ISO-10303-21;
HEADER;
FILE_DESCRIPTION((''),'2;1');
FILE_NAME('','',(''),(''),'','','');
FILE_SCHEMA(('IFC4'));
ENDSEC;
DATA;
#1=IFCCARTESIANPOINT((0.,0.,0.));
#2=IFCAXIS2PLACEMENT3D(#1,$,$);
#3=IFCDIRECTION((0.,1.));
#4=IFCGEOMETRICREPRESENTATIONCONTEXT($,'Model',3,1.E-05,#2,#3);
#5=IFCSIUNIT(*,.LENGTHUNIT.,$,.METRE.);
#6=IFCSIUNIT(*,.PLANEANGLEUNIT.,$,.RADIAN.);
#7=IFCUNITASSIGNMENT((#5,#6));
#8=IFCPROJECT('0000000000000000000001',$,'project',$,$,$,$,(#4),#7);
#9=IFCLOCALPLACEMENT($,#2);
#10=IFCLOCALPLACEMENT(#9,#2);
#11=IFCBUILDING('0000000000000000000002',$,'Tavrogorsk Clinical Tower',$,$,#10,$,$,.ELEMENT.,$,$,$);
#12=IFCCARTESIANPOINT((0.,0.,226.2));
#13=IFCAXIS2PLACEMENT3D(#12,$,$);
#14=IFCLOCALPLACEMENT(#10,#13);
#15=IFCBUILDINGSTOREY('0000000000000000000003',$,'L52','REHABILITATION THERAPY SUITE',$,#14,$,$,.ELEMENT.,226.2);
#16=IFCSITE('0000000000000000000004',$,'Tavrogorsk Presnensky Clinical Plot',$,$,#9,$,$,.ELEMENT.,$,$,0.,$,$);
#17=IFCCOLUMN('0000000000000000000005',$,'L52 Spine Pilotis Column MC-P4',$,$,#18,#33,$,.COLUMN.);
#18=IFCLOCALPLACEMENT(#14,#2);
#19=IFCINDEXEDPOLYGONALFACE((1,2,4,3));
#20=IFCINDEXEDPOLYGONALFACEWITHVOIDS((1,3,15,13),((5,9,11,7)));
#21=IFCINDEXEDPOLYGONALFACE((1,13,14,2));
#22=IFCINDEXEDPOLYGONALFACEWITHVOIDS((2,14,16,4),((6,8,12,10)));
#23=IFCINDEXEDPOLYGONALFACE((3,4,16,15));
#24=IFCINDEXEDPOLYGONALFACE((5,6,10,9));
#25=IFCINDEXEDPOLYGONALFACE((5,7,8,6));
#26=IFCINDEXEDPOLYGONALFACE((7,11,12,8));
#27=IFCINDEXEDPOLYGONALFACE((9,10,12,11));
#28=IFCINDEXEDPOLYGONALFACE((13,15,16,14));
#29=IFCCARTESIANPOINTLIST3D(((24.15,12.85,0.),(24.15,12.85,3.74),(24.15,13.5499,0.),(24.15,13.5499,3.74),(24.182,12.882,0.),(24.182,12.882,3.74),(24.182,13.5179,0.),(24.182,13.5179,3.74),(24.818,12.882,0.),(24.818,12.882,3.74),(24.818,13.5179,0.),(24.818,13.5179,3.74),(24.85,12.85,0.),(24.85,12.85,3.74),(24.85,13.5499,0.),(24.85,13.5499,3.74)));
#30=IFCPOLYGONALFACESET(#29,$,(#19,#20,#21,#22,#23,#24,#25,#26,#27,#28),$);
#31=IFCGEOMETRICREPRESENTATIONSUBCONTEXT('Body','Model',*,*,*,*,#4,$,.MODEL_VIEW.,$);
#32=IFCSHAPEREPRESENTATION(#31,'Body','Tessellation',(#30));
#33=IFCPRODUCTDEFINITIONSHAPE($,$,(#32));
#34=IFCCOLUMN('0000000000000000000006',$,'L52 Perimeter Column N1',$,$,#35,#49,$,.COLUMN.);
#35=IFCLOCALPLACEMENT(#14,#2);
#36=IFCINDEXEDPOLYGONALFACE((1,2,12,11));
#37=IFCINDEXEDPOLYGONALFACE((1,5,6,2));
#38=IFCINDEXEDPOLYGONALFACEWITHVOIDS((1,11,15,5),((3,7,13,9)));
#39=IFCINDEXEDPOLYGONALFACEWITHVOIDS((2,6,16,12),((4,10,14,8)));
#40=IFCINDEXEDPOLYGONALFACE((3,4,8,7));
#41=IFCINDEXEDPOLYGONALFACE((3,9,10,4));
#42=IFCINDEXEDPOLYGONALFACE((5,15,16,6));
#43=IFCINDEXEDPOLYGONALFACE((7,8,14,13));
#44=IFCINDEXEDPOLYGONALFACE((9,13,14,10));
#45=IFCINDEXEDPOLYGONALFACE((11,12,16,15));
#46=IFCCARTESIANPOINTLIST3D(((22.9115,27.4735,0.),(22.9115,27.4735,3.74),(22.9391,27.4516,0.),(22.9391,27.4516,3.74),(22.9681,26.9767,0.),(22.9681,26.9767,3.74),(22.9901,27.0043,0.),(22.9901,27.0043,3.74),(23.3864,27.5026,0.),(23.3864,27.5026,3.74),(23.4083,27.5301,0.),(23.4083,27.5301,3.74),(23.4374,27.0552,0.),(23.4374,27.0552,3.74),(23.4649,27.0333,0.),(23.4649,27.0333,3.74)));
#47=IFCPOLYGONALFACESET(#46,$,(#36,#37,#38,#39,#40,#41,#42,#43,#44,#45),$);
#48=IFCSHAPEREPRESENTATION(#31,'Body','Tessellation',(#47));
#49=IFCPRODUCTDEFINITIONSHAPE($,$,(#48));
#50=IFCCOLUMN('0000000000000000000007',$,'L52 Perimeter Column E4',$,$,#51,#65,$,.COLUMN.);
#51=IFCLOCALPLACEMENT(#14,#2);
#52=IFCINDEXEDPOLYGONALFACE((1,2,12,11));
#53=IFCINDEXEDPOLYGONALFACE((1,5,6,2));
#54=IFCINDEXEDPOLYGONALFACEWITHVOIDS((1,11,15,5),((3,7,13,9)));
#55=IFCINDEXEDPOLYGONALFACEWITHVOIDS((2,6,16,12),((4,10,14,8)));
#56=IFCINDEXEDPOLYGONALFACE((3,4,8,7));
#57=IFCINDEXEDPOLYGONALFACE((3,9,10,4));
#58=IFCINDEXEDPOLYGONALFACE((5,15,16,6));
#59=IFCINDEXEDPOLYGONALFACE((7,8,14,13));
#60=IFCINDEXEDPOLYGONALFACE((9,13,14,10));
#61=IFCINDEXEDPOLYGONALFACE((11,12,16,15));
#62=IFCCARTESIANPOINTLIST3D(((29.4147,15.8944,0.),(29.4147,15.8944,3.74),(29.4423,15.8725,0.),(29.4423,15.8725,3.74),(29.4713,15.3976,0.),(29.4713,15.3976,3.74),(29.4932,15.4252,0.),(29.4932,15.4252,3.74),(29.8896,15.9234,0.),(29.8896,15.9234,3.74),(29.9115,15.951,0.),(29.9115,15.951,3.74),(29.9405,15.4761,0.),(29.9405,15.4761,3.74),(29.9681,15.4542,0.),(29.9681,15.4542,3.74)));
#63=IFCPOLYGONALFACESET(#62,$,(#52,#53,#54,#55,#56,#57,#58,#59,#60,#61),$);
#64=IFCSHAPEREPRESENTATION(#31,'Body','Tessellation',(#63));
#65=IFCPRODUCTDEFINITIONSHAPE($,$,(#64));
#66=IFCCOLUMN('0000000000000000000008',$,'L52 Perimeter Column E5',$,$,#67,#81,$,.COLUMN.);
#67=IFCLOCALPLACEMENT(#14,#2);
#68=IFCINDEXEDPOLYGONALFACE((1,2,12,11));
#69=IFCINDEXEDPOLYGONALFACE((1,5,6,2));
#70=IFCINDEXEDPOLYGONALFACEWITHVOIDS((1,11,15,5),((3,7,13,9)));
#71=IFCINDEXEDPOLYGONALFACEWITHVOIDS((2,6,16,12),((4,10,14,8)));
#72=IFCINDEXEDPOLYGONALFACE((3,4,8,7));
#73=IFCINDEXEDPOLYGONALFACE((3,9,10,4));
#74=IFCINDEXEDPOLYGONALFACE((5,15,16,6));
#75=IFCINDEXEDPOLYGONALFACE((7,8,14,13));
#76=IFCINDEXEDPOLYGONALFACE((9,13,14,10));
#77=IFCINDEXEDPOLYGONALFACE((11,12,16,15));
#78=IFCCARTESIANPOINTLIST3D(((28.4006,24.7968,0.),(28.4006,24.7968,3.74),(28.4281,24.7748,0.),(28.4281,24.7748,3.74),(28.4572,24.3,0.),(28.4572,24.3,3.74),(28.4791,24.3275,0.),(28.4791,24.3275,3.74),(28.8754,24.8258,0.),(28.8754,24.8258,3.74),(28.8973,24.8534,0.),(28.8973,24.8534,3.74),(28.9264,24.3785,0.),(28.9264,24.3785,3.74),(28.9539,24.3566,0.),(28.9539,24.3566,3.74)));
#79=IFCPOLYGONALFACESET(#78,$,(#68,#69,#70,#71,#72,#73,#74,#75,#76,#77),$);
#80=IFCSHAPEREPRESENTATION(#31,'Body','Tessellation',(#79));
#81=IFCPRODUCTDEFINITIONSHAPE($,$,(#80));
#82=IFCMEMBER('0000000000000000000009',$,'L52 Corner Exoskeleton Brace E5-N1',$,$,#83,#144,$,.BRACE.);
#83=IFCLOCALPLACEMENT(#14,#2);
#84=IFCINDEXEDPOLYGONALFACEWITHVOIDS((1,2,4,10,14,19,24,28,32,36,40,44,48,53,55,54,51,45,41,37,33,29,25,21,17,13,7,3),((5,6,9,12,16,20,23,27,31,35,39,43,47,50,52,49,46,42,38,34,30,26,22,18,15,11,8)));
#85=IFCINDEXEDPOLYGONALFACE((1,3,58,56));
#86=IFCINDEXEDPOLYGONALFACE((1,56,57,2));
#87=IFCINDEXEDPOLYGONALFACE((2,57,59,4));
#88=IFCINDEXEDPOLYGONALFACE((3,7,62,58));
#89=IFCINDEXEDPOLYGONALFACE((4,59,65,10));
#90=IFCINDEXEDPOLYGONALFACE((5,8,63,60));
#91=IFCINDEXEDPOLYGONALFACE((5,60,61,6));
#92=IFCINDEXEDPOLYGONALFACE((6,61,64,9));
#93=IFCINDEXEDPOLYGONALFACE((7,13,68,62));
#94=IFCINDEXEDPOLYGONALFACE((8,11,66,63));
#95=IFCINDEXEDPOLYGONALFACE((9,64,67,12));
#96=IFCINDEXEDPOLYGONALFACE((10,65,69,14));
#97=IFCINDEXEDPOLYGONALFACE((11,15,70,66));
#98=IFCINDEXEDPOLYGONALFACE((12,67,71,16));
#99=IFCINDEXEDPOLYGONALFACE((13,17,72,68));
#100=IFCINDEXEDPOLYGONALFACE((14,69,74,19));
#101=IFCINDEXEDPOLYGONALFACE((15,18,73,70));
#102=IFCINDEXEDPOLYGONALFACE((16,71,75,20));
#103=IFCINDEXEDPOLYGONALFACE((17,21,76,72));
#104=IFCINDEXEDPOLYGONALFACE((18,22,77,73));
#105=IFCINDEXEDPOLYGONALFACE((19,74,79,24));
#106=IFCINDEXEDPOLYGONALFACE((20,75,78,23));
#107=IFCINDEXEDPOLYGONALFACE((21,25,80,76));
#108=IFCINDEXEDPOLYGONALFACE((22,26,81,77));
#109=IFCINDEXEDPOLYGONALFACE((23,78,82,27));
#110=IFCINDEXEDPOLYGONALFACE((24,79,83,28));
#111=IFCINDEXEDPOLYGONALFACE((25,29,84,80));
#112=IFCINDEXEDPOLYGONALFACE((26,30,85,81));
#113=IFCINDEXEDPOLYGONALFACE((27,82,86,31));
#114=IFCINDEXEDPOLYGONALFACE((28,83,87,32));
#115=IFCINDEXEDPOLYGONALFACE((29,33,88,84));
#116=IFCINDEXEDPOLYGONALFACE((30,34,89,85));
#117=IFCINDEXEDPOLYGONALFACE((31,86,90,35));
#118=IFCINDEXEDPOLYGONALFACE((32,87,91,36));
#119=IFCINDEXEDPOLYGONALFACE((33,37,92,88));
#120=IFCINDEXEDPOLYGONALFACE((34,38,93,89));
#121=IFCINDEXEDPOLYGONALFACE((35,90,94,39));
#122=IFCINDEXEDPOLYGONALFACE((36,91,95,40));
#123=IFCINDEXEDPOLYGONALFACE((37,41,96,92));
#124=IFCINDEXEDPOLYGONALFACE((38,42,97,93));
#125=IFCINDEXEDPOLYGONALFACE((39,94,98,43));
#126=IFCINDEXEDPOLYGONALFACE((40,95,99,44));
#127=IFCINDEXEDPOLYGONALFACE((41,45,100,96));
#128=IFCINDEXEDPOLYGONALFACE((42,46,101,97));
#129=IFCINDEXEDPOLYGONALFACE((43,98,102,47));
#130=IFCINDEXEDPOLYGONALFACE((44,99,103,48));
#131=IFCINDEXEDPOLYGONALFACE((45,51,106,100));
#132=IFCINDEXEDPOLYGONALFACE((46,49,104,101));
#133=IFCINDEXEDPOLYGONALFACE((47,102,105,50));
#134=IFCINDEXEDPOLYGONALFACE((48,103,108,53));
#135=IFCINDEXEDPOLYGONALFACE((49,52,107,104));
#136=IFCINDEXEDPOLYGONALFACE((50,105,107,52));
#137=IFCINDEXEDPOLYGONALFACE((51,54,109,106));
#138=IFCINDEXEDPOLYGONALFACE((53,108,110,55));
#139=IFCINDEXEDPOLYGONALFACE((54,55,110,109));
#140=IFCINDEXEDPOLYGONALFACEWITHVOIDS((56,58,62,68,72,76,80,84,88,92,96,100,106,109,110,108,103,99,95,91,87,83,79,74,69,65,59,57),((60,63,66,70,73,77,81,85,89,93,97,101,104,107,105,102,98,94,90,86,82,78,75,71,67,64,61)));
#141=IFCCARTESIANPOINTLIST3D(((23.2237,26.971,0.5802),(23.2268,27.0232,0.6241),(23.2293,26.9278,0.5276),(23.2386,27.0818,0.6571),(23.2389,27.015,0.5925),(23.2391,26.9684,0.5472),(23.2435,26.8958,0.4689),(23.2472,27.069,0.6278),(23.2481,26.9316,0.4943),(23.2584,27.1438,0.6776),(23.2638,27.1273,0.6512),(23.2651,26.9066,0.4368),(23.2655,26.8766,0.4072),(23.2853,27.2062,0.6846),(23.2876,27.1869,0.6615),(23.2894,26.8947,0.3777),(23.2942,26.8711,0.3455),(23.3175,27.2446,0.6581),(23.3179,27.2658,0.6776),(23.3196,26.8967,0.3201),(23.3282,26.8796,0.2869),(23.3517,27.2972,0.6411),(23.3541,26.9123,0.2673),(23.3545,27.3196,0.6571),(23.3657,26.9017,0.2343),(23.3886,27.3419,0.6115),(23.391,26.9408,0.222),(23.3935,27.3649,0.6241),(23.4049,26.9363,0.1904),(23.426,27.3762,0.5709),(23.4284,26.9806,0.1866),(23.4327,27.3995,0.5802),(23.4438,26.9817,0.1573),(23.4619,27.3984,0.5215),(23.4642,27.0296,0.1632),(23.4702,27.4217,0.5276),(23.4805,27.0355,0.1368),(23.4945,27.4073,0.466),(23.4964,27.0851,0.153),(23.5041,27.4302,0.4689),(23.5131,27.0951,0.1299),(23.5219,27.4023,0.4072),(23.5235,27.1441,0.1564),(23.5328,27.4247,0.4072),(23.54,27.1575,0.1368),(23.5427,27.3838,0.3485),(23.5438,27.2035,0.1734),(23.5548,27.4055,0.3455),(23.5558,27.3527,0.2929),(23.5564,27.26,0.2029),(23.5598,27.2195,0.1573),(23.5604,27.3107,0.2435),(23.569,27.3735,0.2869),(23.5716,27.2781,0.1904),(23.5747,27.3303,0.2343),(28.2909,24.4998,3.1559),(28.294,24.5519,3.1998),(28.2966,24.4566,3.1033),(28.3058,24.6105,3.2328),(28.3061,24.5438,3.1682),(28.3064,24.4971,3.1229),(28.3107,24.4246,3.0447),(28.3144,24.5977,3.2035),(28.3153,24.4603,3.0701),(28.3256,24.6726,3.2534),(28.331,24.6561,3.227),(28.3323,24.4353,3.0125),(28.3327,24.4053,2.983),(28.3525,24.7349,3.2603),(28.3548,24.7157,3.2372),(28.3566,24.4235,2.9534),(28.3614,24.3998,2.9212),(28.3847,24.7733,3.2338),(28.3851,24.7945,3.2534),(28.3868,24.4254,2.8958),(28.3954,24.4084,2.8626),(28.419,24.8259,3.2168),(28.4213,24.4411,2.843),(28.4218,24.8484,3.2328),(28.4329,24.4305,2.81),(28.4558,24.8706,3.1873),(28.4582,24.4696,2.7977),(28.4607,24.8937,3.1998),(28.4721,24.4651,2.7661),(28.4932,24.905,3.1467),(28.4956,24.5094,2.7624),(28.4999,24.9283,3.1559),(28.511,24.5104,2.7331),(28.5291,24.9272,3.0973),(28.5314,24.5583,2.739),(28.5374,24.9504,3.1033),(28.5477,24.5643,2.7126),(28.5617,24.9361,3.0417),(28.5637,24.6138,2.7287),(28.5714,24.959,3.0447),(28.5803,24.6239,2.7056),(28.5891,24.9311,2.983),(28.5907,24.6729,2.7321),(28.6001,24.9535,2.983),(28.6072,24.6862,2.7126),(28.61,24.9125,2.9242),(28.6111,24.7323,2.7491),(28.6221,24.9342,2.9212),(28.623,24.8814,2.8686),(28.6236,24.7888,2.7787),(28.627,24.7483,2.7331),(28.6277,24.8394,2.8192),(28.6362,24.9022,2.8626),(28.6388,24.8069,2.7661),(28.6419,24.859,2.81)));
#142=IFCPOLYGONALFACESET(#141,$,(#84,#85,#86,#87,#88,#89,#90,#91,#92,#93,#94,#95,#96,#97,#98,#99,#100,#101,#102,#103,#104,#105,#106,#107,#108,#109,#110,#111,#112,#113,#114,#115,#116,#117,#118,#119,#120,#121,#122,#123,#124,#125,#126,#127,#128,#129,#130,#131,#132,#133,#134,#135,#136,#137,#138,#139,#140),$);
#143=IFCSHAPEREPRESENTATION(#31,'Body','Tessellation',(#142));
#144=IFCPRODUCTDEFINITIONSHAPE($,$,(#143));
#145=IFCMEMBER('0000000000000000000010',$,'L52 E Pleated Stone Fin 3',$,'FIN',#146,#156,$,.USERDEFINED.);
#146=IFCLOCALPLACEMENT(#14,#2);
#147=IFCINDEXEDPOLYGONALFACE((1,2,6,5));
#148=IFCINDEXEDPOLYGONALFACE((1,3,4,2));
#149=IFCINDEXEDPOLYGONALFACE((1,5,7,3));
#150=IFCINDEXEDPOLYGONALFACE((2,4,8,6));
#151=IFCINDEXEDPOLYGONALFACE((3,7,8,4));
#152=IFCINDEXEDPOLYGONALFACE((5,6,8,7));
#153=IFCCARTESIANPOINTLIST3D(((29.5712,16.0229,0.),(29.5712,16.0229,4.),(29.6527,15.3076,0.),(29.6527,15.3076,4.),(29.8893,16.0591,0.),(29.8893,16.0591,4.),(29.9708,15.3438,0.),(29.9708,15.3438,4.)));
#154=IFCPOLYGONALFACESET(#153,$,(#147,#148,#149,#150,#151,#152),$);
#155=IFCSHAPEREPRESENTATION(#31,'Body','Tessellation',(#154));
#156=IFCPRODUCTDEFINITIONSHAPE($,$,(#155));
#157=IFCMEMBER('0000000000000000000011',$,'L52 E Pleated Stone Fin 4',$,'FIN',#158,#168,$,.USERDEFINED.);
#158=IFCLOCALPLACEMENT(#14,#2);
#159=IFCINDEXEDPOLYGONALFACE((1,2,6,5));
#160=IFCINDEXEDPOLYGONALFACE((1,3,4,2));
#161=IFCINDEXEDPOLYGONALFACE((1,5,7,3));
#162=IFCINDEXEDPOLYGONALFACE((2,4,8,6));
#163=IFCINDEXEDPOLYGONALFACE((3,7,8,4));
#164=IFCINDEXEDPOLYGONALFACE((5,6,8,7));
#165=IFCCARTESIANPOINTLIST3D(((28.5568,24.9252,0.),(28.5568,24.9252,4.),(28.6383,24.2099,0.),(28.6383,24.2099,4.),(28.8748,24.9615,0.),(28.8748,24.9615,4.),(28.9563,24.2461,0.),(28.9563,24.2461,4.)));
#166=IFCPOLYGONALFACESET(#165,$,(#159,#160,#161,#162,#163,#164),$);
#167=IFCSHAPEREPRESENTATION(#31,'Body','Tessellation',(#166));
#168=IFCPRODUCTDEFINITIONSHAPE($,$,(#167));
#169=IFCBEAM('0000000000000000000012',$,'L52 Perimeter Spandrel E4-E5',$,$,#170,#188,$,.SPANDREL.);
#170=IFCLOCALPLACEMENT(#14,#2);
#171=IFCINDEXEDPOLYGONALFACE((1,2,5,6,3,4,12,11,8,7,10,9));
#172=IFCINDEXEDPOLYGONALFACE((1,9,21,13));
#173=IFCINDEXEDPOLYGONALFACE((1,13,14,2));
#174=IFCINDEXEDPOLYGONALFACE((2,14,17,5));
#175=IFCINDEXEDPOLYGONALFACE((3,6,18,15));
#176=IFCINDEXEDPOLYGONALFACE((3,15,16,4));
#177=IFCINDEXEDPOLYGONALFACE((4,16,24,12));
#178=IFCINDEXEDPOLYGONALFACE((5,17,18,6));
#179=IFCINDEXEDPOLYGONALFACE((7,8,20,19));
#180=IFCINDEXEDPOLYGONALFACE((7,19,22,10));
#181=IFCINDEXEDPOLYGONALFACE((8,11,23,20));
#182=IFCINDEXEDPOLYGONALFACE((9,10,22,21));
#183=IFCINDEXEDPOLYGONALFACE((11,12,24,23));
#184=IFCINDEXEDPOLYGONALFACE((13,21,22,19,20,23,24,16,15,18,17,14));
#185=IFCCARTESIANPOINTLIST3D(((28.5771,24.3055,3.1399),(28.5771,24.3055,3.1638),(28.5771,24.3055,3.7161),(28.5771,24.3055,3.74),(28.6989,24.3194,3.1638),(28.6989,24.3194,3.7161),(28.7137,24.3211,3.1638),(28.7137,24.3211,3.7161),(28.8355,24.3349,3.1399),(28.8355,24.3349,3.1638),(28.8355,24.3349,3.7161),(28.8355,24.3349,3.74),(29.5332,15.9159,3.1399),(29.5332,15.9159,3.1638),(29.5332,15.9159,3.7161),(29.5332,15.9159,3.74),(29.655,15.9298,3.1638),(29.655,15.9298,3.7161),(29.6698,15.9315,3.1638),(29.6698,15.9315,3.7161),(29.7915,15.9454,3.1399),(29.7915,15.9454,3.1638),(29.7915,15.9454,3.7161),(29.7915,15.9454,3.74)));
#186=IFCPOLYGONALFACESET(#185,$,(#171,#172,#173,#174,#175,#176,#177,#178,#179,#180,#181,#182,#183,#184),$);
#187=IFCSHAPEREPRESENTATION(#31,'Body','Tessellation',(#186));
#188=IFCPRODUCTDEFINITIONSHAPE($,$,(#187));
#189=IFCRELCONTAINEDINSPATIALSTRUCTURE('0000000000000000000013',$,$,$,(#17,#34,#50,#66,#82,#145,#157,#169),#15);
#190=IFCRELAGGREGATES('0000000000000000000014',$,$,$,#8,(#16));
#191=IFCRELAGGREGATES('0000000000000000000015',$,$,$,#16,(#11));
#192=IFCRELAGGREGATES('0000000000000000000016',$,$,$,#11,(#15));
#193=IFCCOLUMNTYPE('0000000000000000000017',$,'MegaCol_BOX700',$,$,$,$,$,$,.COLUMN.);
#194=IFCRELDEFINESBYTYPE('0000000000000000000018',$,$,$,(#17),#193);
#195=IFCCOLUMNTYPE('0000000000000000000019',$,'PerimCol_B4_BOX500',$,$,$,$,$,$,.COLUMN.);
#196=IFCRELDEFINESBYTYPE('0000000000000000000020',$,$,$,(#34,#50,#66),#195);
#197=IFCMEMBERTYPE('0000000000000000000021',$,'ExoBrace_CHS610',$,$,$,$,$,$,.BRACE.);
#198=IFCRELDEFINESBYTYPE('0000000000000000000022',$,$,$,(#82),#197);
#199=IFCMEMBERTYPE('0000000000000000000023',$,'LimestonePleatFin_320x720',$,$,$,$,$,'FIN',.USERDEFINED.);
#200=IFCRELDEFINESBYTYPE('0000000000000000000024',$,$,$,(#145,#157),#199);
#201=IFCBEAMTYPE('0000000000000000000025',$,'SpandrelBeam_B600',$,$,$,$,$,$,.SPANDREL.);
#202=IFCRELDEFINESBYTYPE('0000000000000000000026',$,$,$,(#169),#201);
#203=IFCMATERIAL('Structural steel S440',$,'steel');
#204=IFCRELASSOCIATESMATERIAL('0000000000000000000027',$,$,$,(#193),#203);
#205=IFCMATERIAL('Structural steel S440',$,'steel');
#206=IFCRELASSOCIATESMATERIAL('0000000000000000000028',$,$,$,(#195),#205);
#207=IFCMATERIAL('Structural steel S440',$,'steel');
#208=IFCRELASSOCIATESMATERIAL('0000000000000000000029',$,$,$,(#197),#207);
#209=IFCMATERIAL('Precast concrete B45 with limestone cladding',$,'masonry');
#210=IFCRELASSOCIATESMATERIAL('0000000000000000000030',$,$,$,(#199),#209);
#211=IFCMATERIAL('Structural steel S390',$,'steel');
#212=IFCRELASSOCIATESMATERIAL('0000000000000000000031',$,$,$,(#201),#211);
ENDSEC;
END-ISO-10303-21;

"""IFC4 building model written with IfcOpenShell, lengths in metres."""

from ifc_helpers import new_model, si_unit, direction, frame, origin, origin_2d, place, context, subcontext, project, spatial, rectangle, hollow_rectangle, hollow_circle, i_section, extrude, material, material_profile, profile_set, type_object, element, save


model = new_model("IFC4")

# Units and contexts
model_context = context("Model", 3, precision=1e-05, world=origin(), true_north=direction((0.0, 1.0)))
body_context = subcontext(model_context, "Body", "Model", "MODEL_VIEW")
ifc_project = project(units=[si_unit("LENGTHUNIT", "METRE"), si_unit("PLANEANGLEUNIT", "RADIAN")], contexts=[model_context])

# Site, building, storey
site_placement = place(None, origin())
site = spatial("IfcSite", under=ifc_project, at=site_placement, Name="Tavrogorsk Presnensky Clinical Plot", CompositionType="ELEMENT", RefElevation=0.0)
building_placement = place(site_placement, origin())
building = spatial("IfcBuilding", under=site, at=building_placement, Name="Tavrogorsk Clinical Tower", CompositionType="ELEMENT")
storey_placement = place(building_placement, frame((0.0, 0.0, 226.2)))
storey = spatial("IfcBuildingStorey", under=building, at=storey_placement, Name="L52", Description="REHABILITATION THERAPY SUITE", CompositionType="ELEMENT", Elevation=226.2)

# Columns
ifc_material_1 = material(Name="Structural steel S440", Category="steel")
ifc_material_profile_1 = material_profile(ifc_material_1, hollow_rectangle(XDim=0.7, YDim=0.7, WallThickness=0.032, at=origin_2d()), Name="BOX-700x700x32")
ifc_profile_set_1 = profile_set([ifc_material_profile_1], Name="Structural steel S440")
column_type_1 = type_object("IfcColumnType", Name="MegaCol_BOX700", PredefinedType="COLUMN", material=ifc_profile_set_1)
column_placement = place(storey_placement, frame((24.5, 13.2, 0.0), z_axis=(0.0, 0.0, 1.0), x_axis=(1.0, 0.0, 0.0)))
element("IfcColumn", 1, at=column_placement, inside=storey, type_object=column_type_1, Name="L52 Spine Pilotis Column MC-P4", PredefinedType="COLUMN", context=body_context, shape_type="SweptSolid", body=[
    extrude(hollow_rectangle(XDim=0.7, YDim=0.7, WallThickness=0.032, at=origin_2d()), origin(), (0.0, 0.0, 1.0), 3.74),
])
ifc_material_2 = material(Name="Structural steel S440", Category="steel")
ifc_material_profile_2 = material_profile(ifc_material_2, hollow_rectangle(XDim=0.5, YDim=0.5, WallThickness=0.0249, at=origin_2d()), Name="BOX-500x500x25")
ifc_profile_set_2 = profile_set([ifc_material_profile_2], Name="Structural steel S440")
column_type_2 = type_object("IfcColumnType", Name="PerimCol_B4_BOX500", PredefinedType="COLUMN", material=ifc_profile_set_2)
for number, where, z_axis, x_axis, name in (
    (2, (23.1882, 27.2534, 0.0), (0.0, 0.0, 1.0), (0.993572, 0.113203, 0.0), "L52 Perimeter Column N1"),
    (3, (29.6914, 15.6743, 0.0), (0.0, 0.0, 1.0), (0.993572, 0.113203, 0.0), "L52 Perimeter Column E4"),
    (4, (28.6772, 24.5767, 0.0), (0.0, 0.0, 1.0), (0.993572, 0.113203, 0.0), "L52 Perimeter Column E5"),
):
    element("IfcColumn", number, at=place(storey_placement, frame(where, z_axis=z_axis, x_axis=x_axis)), inside=storey, type_object=column_type_2, Name=name, PredefinedType="COLUMN", context=body_context, shape_type="SweptSolid", body=[
        extrude(hollow_rectangle(XDim=0.5, YDim=0.5, WallThickness=0.0249, at=origin_2d()), origin(), (0.0, 0.0, 1.0), 3.74),
    ])

# Members
ifc_material_3 = material(Name="Structural steel S440", Category="steel")
ifc_material_profile_3 = material_profile(ifc_material_3, hollow_circle(Radius=0.3049, WallThickness=0.0249, at=origin_2d()), Name="CHS-610x25")
ifc_profile_set_3 = profile_set([ifc_material_profile_3], Name="Structural steel S440")
member_type_1 = type_object("IfcMemberType", Name="ExoBrace_CHS610", PredefinedType="BRACE", material=ifc_profile_set_3)
member_placement = place(storey_placement, frame((23.3992, 27.1506, 0.4072), z_axis=(0.817527, -0.398699, 0.415558), x_axis=(0.43834, 0.898809, 0.0)))
element("IfcMember", 5, at=member_placement, inside=storey, type_object=member_type_1, Name="L52 Corner Exoskeleton Brace E5-N1", PredefinedType="BRACE", context=body_context, shape_type="SweptSolid", body=[
    extrude(hollow_circle(Radius=0.3049, WallThickness=0.0249, at=origin_2d()), origin(), (0.0, 0.0, 1.0), 6.1982),
])
ifc_material_4 = material(Name="Precast concrete B45 with limestone cladding", Category="masonry")
ifc_material_profile_4 = material_profile(ifc_material_4, rectangle(XDim=0.3201, YDim=0.72, at=origin_2d()), Name="LIMESTONE-FIN-320x720")
ifc_profile_set_4 = profile_set([ifc_material_profile_4], Name="Precast concrete B45 with limestone cladding")
member_type_2 = type_object("IfcMemberType", Name="LimestonePleatFin_320x720", ElementType="FIN", PredefinedType="USERDEFINED", material=ifc_profile_set_4)
for number, where, z_axis, x_axis, name in (
    (6, (29.771, 15.6833, 0.0), (0.0, 0.0, 1.0), (0.993572, 0.113203, 0.0), "L52 E Pleated Stone Fin 3"),
    (7, (28.7566, 24.5857, 0.0), (0.0, 0.0, 1.0), (0.993572, 0.113203, 0.0), "L52 E Pleated Stone Fin 4"),
):
    element("IfcMember", number, at=place(storey_placement, frame(where, z_axis=z_axis, x_axis=x_axis)), inside=storey, type_object=member_type_2, Name=name, ObjectType="FIN", PredefinedType="USERDEFINED", context=body_context, shape_type="SweptSolid", body=[
        extrude(rectangle(XDim=0.3201, YDim=0.72, at=origin_2d()), origin(), (0.0, 0.0, 1.0), 4.0),
    ])

# Beam
ifc_material_5 = material(Name="Structural steel S390", Category="steel")
ifc_material_profile_5 = material_profile(ifc_material_5, i_section(OverallWidth=0.26, OverallDepth=0.6001, WebThickness=0.0149, FlangeThickness=0.0239, at=origin_2d()), Name="B-600x260x15x24")
ifc_profile_set_5 = profile_set([ifc_material_profile_5], Name="Structural steel S390")
beam_type_1 = type_object("IfcBeamType", Name="SpandrelBeam_B600", PredefinedType="SPANDREL", material=ifc_profile_set_5)
beam_1_placement = place(storey_placement, frame((29.6624, 15.9307, 3.4399), z_axis=(-0.113224, 0.99357, 0.0), x_axis=(-0.99357, -0.113224, 0.0)))
element("IfcBeam", 8, at=beam_1_placement, inside=storey, type_object=beam_type_1, Name="L52 Perimeter Spandrel E4-E5", PredefinedType="SPANDREL", context=body_context, shape_type="SweptSolid", body=[
    extrude(i_section(OverallWidth=0.26, OverallDepth=0.6001, WebThickness=0.0149, FlangeThickness=0.0239, at=origin_2d()), origin(), (0.0, 0.0, 1.0), 8.4438),
])

save(model, "model.ifc")
